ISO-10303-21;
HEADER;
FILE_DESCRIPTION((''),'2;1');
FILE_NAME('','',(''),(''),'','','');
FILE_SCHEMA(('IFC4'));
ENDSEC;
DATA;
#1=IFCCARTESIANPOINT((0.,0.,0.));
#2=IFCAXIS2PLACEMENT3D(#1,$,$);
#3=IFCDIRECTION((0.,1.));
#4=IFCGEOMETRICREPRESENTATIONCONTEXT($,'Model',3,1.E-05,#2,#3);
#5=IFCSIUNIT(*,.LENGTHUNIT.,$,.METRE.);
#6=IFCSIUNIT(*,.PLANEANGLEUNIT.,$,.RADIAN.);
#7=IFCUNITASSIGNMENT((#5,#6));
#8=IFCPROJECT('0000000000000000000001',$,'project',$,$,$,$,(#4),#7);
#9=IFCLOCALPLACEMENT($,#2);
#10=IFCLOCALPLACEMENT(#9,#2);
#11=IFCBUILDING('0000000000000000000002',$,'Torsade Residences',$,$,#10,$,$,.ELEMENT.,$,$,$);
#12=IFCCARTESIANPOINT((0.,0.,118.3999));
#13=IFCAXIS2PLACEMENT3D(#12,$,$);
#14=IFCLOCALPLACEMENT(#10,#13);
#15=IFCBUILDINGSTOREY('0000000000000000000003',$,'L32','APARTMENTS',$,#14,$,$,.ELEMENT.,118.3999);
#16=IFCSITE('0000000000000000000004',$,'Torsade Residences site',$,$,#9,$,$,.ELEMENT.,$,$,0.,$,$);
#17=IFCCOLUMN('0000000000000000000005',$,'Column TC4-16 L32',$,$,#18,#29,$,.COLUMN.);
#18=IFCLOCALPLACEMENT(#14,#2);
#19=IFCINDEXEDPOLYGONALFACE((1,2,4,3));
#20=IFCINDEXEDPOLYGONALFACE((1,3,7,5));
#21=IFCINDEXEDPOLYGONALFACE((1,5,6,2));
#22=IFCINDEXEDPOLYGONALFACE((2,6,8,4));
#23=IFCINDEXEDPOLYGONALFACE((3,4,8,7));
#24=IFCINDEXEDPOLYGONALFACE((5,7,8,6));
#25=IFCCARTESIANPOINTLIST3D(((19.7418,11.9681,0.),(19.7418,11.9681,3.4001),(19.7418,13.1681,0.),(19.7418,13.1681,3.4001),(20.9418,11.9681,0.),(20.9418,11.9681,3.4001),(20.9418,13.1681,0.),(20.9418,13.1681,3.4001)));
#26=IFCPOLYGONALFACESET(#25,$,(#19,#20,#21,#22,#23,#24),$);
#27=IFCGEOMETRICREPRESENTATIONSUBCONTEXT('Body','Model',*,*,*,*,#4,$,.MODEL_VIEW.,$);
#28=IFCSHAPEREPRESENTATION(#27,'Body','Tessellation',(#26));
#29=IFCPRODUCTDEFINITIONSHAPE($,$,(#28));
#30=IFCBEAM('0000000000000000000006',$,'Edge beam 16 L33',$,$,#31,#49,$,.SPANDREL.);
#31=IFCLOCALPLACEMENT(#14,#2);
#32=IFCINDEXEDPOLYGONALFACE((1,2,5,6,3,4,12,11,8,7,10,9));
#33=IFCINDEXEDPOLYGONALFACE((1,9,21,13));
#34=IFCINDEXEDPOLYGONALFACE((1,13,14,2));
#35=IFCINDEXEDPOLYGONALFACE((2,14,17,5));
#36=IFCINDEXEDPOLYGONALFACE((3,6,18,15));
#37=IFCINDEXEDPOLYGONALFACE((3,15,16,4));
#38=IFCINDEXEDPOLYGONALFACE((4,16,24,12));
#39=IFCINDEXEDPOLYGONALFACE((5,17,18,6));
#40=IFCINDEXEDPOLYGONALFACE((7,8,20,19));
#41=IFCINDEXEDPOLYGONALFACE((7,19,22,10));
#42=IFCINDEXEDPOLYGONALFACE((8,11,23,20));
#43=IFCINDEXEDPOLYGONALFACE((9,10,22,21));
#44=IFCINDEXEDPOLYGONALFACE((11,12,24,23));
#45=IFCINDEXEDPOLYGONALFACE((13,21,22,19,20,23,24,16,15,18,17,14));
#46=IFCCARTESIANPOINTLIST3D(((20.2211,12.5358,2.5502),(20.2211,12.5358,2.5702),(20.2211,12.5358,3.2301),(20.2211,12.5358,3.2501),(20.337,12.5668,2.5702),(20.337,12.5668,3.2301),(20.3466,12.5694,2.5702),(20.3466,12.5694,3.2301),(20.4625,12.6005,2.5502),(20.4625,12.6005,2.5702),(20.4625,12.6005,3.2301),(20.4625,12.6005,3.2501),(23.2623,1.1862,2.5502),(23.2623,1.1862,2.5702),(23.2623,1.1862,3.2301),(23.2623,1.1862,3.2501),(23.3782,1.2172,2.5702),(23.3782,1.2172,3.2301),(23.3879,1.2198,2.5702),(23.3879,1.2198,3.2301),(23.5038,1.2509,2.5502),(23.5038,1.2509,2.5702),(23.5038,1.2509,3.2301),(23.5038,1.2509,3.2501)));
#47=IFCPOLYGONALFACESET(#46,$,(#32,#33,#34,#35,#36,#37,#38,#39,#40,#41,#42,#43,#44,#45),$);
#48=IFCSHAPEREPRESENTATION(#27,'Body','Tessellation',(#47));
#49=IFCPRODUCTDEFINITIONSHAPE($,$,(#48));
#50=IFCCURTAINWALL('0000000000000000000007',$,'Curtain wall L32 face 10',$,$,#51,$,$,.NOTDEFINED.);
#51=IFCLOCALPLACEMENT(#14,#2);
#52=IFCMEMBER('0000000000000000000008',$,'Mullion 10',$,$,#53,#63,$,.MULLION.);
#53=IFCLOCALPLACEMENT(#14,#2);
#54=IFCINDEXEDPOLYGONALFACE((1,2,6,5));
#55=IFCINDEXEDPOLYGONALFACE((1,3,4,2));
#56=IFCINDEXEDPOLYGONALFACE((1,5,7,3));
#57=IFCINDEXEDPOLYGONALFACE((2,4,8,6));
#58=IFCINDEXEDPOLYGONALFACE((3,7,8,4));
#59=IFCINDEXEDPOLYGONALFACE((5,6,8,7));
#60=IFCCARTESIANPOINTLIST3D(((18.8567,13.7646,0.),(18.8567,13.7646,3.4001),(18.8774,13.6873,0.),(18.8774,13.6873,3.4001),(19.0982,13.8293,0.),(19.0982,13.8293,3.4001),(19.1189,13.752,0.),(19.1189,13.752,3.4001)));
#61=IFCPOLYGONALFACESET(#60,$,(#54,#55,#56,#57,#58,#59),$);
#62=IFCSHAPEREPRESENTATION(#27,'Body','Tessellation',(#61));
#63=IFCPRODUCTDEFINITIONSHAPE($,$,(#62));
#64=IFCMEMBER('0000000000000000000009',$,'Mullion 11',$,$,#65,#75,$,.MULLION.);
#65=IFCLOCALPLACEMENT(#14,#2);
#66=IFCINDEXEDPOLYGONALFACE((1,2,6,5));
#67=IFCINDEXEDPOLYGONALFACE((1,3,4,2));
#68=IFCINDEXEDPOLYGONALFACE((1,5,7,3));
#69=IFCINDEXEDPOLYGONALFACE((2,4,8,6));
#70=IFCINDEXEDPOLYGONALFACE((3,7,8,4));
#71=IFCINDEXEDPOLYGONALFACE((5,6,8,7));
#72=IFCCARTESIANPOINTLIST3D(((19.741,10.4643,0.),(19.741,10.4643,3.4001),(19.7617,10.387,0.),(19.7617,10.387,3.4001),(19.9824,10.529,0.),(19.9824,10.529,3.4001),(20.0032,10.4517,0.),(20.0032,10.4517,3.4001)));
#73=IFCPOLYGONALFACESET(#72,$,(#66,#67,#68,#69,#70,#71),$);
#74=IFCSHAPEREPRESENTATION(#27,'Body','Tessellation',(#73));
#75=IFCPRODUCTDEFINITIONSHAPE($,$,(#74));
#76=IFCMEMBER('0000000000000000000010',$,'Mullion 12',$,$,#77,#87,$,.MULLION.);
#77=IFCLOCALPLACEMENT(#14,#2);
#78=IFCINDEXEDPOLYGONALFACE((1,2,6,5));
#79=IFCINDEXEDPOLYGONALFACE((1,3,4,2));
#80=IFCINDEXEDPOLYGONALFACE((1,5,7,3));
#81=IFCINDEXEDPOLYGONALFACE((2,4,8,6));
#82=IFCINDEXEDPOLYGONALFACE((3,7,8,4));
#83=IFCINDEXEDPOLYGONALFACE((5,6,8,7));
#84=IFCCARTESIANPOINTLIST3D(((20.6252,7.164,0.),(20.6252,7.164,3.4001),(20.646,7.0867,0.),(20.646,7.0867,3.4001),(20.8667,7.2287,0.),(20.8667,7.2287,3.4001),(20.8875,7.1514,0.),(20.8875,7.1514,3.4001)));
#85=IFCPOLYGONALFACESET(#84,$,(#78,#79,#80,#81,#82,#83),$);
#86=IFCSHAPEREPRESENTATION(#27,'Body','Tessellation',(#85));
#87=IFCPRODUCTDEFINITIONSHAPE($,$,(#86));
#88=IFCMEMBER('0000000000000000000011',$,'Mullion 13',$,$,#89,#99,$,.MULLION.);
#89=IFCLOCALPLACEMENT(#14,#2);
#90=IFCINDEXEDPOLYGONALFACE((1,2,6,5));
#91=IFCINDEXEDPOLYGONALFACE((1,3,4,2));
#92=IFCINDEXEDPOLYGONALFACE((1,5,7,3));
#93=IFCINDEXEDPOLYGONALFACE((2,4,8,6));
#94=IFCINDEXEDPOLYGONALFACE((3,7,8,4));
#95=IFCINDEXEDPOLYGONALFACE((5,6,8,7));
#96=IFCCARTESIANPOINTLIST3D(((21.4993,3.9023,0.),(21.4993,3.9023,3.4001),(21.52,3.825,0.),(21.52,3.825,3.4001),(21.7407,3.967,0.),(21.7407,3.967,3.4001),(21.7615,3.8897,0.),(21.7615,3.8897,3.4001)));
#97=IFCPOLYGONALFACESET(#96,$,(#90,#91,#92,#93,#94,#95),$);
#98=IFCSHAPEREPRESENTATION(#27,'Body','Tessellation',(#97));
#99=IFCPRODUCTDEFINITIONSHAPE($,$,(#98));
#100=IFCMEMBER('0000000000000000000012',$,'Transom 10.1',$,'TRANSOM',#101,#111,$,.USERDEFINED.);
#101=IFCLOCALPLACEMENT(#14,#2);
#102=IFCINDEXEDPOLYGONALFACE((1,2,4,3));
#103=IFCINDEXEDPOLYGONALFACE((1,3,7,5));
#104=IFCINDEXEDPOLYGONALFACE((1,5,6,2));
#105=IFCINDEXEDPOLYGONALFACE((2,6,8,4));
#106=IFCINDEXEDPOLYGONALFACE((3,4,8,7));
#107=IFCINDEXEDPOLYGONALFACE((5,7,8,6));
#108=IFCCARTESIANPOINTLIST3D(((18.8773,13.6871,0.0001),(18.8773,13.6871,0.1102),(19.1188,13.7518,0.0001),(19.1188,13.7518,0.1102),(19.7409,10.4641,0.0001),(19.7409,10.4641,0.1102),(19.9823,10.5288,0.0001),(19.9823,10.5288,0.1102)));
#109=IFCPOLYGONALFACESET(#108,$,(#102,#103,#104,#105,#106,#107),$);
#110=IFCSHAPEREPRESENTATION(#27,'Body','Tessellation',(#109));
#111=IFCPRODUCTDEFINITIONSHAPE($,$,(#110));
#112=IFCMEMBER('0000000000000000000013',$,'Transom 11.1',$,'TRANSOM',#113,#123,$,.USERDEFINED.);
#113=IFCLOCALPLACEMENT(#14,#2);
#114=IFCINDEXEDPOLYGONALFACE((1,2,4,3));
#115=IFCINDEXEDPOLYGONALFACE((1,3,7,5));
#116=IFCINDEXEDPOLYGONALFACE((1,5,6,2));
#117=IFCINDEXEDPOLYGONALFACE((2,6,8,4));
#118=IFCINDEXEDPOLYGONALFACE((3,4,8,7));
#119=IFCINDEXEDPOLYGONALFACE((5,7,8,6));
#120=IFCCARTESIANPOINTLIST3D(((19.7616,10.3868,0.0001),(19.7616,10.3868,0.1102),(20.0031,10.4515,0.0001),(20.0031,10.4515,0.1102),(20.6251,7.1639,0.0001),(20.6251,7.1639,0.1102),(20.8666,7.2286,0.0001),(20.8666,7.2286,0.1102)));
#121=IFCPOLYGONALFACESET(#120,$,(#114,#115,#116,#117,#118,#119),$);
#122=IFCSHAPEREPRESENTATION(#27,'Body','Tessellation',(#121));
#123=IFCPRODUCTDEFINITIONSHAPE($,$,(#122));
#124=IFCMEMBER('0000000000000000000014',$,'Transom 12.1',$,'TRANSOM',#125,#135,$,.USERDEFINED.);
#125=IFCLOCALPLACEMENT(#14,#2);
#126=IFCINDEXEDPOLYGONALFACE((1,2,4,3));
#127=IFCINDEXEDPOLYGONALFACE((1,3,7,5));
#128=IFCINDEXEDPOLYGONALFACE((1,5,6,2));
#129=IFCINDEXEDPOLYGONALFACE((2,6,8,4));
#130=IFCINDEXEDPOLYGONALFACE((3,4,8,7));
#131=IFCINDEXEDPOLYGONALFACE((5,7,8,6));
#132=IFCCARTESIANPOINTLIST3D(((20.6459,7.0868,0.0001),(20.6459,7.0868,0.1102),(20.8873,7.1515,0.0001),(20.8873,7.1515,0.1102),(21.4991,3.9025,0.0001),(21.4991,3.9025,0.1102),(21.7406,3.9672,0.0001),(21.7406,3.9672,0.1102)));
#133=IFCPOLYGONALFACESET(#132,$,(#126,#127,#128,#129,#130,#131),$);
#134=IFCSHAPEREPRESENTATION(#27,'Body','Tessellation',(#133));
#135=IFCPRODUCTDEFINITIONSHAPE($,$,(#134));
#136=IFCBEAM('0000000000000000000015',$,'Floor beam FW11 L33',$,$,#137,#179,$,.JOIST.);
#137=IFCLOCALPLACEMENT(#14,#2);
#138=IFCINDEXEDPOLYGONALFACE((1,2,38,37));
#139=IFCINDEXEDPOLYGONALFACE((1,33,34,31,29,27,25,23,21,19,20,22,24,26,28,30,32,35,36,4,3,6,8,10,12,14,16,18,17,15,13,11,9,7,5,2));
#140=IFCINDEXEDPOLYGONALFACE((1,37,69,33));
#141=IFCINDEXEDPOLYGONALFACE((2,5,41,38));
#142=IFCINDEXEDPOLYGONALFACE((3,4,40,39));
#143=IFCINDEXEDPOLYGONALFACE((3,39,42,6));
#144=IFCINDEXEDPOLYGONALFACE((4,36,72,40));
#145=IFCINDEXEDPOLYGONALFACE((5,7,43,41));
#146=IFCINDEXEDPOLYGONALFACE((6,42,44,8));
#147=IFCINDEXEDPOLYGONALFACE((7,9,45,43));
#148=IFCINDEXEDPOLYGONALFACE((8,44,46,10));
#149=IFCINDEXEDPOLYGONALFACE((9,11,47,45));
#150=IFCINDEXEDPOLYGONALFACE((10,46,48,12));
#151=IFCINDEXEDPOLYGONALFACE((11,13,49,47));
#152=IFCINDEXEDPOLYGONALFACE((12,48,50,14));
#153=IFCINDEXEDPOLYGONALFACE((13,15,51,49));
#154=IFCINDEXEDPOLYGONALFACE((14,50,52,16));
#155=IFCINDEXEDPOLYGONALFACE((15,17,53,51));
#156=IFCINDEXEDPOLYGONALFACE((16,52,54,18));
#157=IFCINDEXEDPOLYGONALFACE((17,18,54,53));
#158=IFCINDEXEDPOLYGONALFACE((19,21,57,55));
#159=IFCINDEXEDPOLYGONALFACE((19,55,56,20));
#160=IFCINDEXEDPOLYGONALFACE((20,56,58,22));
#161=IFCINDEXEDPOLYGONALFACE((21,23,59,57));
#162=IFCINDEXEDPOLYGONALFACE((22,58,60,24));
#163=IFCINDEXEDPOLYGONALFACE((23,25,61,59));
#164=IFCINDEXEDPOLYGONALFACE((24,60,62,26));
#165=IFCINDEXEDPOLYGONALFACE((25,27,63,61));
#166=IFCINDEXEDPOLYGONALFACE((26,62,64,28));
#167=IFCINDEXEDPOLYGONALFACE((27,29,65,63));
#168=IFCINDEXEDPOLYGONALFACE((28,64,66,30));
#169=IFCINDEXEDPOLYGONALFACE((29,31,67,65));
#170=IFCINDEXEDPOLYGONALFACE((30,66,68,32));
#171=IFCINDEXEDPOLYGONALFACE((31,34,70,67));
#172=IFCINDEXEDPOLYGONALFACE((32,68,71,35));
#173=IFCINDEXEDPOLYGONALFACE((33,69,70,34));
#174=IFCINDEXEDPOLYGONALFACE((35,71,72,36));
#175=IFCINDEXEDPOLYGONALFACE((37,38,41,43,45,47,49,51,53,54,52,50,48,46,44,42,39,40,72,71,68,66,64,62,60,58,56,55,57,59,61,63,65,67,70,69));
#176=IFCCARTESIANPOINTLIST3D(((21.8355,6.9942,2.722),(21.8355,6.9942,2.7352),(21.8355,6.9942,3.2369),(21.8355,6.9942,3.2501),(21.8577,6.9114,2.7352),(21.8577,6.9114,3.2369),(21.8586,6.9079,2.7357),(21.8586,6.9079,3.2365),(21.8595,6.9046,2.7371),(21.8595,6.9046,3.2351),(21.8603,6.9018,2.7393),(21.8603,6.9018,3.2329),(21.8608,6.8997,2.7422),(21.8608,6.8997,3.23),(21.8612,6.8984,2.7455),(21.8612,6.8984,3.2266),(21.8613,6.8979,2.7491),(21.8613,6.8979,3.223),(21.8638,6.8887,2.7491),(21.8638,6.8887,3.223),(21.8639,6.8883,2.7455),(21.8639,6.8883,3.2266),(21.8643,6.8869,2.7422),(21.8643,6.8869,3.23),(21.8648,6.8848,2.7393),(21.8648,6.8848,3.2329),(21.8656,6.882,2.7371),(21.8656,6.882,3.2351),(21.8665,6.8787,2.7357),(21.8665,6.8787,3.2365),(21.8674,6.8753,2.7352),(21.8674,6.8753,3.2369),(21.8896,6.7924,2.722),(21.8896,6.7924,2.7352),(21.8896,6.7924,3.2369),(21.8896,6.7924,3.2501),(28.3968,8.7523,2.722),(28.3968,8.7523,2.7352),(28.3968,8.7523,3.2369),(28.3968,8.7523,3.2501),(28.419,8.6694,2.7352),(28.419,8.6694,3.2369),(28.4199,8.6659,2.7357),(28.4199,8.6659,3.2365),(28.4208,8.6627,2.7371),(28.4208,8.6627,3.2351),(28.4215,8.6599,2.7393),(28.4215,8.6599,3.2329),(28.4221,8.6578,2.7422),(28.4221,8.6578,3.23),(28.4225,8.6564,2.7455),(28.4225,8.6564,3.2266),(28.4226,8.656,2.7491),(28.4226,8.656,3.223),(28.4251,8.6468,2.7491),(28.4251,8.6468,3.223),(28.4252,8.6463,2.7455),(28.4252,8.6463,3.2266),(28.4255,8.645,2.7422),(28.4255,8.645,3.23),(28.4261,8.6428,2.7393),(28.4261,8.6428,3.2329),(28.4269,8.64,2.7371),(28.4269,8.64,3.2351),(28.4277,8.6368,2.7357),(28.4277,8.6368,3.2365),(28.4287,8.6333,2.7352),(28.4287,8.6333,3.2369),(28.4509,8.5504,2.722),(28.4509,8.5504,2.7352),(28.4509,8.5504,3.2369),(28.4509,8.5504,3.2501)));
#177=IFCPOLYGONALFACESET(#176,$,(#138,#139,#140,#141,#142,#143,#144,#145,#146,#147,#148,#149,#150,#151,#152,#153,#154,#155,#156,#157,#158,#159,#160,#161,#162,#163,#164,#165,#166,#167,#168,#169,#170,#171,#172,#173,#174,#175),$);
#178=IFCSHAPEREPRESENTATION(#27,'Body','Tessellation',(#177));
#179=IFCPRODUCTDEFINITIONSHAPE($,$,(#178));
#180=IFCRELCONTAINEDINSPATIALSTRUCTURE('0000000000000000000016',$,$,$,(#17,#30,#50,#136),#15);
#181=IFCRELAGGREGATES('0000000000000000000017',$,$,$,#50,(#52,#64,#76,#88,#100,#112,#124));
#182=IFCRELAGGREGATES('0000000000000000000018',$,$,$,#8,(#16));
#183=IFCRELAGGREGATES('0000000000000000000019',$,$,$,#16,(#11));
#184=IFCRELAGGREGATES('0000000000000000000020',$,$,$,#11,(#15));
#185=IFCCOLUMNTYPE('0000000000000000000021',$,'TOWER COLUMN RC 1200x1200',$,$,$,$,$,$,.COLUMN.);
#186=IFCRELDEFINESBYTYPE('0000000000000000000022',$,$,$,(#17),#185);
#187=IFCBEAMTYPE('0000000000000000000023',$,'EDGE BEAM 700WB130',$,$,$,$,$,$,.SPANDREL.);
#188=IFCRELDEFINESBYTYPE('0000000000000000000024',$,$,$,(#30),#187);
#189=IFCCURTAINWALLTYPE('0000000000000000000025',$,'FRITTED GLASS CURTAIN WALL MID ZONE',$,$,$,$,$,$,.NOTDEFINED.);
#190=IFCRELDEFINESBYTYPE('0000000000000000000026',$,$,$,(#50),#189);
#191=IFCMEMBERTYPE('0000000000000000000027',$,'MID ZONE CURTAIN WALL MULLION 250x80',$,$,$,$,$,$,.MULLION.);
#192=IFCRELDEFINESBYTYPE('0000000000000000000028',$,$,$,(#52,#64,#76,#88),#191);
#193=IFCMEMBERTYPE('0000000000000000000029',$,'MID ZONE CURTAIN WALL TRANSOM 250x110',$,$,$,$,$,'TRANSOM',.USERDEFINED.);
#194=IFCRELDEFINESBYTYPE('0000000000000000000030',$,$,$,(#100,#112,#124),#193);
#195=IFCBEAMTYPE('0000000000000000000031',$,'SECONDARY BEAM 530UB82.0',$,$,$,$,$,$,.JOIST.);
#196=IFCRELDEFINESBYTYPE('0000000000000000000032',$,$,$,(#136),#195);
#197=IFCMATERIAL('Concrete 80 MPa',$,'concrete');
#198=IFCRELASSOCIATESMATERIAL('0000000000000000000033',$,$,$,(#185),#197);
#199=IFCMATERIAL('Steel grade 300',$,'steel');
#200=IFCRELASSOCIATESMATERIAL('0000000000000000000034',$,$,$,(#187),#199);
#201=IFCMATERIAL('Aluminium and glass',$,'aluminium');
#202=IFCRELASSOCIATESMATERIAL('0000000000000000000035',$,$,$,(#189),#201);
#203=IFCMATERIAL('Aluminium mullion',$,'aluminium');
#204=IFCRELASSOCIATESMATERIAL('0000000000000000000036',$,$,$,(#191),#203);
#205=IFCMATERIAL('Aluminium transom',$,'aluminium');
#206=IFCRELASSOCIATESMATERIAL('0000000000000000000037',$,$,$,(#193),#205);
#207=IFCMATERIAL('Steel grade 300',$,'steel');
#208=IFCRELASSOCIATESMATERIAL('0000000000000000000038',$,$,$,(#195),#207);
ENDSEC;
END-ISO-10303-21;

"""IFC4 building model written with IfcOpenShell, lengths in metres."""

from ifc_helpers import new_model, si_unit, direction, frame, origin, origin_2d, place, context, subcontext, project, spatial, rectangle, i_section, extrude, material, material_profile, profile_set, type_object, element, aggregate, save


model = new_model("IFC4")

# Units and contexts
model_context = context("Model", 3, precision=1e-05, world=origin(), true_north=direction((0.0, 1.0)))
body_context = subcontext(model_context, "Body", "Model", "MODEL_VIEW")
ifc_project = project(units=[si_unit("LENGTHUNIT", "METRE"), si_unit("PLANEANGLEUNIT", "RADIAN")], contexts=[model_context])

# Site, building, storey
site_placement = place(None, origin())
site = spatial("IfcSite", under=ifc_project, at=site_placement, Name="Torsade Residences site", CompositionType="ELEMENT", RefElevation=0.0)
building_placement = place(site_placement, origin())
building = spatial("IfcBuilding", under=site, at=building_placement, Name="Torsade Residences", CompositionType="ELEMENT")
storey_placement = place(building_placement, frame((0.0, 0.0, 118.3999)))
storey = spatial("IfcBuildingStorey", under=building, at=storey_placement, Name="L32", Description="APARTMENTS", CompositionType="ELEMENT", Elevation=118.3999)

# Column
ifc_material_1 = material(Name="Concrete 80 MPa", Category="concrete")
ifc_material_profile_1 = material_profile(ifc_material_1, rectangle(XDim=1.2, YDim=1.2, at=origin_2d()), Name="RC 1200x1200")
ifc_profile_set_1 = profile_set([ifc_material_profile_1], Name="Concrete 80 MPa")
column_type = type_object("IfcColumnType", Name="TOWER COLUMN RC 1200x1200", PredefinedType="COLUMN", material=ifc_profile_set_1)
column_placement = place(storey_placement, frame((20.3418, 12.5681, 0.0), z_axis=(0.0, 0.0, 1.0), x_axis=(1.0, 0.0, 0.0)))
element("IfcColumn", 1, at=column_placement, inside=storey, type_object=column_type, Name="Column TC4-16 L32", PredefinedType="COLUMN", context=body_context, shape_type="SweptSolid", body=[
    extrude(rectangle(XDim=1.2, YDim=1.2, at=origin_2d()), origin(), (0.0, 0.0, 1.0), 3.4001),
])

# Beam
ifc_material_2 = material(Name="Steel grade 300", Category="steel")
ifc_material_profile_2 = material_profile(ifc_material_2, i_section(OverallWidth=0.25, OverallDepth=0.7, WebThickness=0.01, FlangeThickness=0.02, at=origin_2d()), Name="700WB130")
ifc_profile_set_2 = profile_set([ifc_material_profile_2], Name="Steel grade 300")
beam_type_1 = type_object("IfcBeamType", Name="EDGE BEAM 700WB130", PredefinedType="SPANDREL", material=ifc_profile_set_2)
beam_1_placement = place(storey_placement, frame((20.3418, 12.5681, 2.9001), z_axis=(0.25883, -0.965923, 0.0), x_axis=(0.965923, 0.25883, 0.0)))
element("IfcBeam", 2, at=beam_1_placement, inside=storey, type_object=beam_type_1, Name="Edge beam 16 L33", PredefinedType="SPANDREL", context=body_context, shape_type="SweptSolid", body=[
    extrude(i_section(OverallWidth=0.25, OverallDepth=0.7, WebThickness=0.01, FlangeThickness=0.02, at=origin_2d()), origin(), (0.0, 0.0, 1.0), 11.75),
])

# Curtain wall, members
ifc_material_3 = material(Name="Aluminium and glass", Category="aluminium")
curtain_wall_type = type_object("IfcCurtainWallType", Name="FRITTED GLASS CURTAIN WALL MID ZONE", PredefinedType="NOTDEFINED", material=ifc_material_3)
curtain_wall_placement = place(storey_placement, origin())
curtain_wall = element("IfcCurtainWall", 3, at=curtain_wall_placement, inside=storey, type_object=curtain_wall_type, Name="Curtain wall L32 face 10", PredefinedType="NOTDEFINED")
ifc_material_4 = material(Name="Aluminium mullion", Category="aluminium")
ifc_material_profile_3 = material_profile(ifc_material_4, rectangle(XDim=0.25, YDim=0.0801, at=origin_2d()), Name="MID ZONE CURTAIN WALL MULLION 250x80")
ifc_profile_set_3 = profile_set([ifc_material_profile_3], Name="Aluminium mullion")
member_type_1 = type_object("IfcMemberType", Name="MID ZONE CURTAIN WALL MULLION 250x80", PredefinedType="MULLION", material=ifc_profile_set_3)
member_1_placement = place(storey_placement, frame((18.9878, 13.7583, 0.0), z_axis=(0.0, 0.0, 1.0), x_axis=(0.965926, 0.258819, 0.0)))
member_1 = element("IfcMember", 4, at=member_1_placement, type_object=member_type_1, Name="Mullion 10", PredefinedType="MULLION", context=body_context, shape_type="SweptSolid", body=[
    extrude(rectangle(XDim=0.25, YDim=0.0801, at=origin_2d()), origin(), (0.0, 0.0, 1.0), 3.4001),
])
member_2_placement = place(storey_placement, frame((19.8721, 10.458, 0.0), z_axis=(0.0, 0.0, 1.0), x_axis=(0.965926, 0.258819, 0.0)))
member_2 = element("IfcMember", 5, at=member_2_placement, type_object=member_type_1, Name="Mullion 11", PredefinedType="MULLION", context=body_context, shape_type="SweptSolid", body=[
    extrude(rectangle(XDim=0.25, YDim=0.0801, at=origin_2d()), origin(), (0.0, 0.0, 1.0), 3.4001),
])
member_3_placement = place(storey_placement, frame((20.7563, 7.1577, 0.0), z_axis=(0.0, 0.0, 1.0), x_axis=(0.965926, 0.258819, 0.0)))
member_3 = element("IfcMember", 6, at=member_3_placement, type_object=member_type_1, Name="Mullion 12", PredefinedType="MULLION", context=body_context, shape_type="SweptSolid", body=[
    extrude(rectangle(XDim=0.25, YDim=0.0801, at=origin_2d()), origin(), (0.0, 0.0, 1.0), 3.4001),
])
member_4_placement = place(storey_placement, frame((21.6304, 3.896, 0.0), z_axis=(0.0, 0.0, 1.0), x_axis=(0.965926, 0.258819, 0.0)))
member_4 = element("IfcMember", 7, at=member_4_placement, type_object=member_type_1, Name="Mullion 13", PredefinedType="MULLION", context=body_context, shape_type="SweptSolid", body=[
    extrude(rectangle(XDim=0.25, YDim=0.0801, at=origin_2d()), origin(), (0.0, 0.0, 1.0), 3.4001),
])
ifc_material_5 = material(Name="Aluminium transom", Category="aluminium")
ifc_material_profile_4 = material_profile(ifc_material_5, rectangle(XDim=0.25, YDim=0.1101, at=origin_2d()), Name="MID ZONE CURTAIN WALL TRANSOM 250x110")
ifc_profile_set_4 = profile_set([ifc_material_profile_4], Name="Aluminium transom")
member_type_2 = type_object("IfcMemberType", Name="MID ZONE CURTAIN WALL TRANSOM 250x110", ElementType="TRANSOM", PredefinedType="USERDEFINED", material=ifc_profile_set_4)
member_5_placement = place(storey_placement, frame((18.998, 13.7195, 0.0552), z_axis=(0.258806, -0.965929, 0.0), x_axis=(0.965929, 0.258806, 0.0)))
member_5 = element("IfcMember", 8, at=member_5_placement, type_object=member_type_2, Name="Transom 10.1", ObjectType="TRANSOM", PredefinedType="USERDEFINED", context=body_context, shape_type="SweptSolid", body=[
    extrude(rectangle(XDim=0.25, YDim=0.1101, at=origin_2d()), origin(), (0.0, 0.0, 1.0), 3.3367),
])
member_6_placement = place(storey_placement, frame((19.8823, 10.4192, 0.0552), z_axis=(0.258806, -0.965929, 0.0), x_axis=(0.965929, 0.258806, 0.0)))
member_6 = element("IfcMember", 9, at=member_6_placement, type_object=member_type_2, Name="Transom 11.1", ObjectType="TRANSOM", PredefinedType="USERDEFINED", context=body_context, shape_type="SweptSolid", body=[
    extrude(rectangle(XDim=0.25, YDim=0.1101, at=origin_2d()), origin(), (0.0, 0.0, 1.0), 3.3367),
])
member_7_placement = place(storey_placement, frame((20.7666, 7.1191, 0.0552), z_axis=(0.258829, -0.965923, 0.0), x_axis=(0.965923, 0.258829, 0.0)))
member_7 = element("IfcMember", 10, at=member_7_placement, type_object=member_type_2, Name="Transom 12.1", ObjectType="TRANSOM", PredefinedType="USERDEFINED", context=body_context, shape_type="SweptSolid", body=[
    extrude(rectangle(XDim=0.25, YDim=0.1101, at=origin_2d()), origin(), (0.0, 0.0, 1.0), 3.2966),
])

# Beam
ifc_material_6 = material(Name="Steel grade 300", Category="steel")
ifc_material_profile_5 = material_profile(ifc_material_6, i_section(OverallWidth=0.209, OverallDepth=0.5281, WebThickness=0.0095, FlangeThickness=0.0132, FilletRadius=0.0139, at=origin_2d()), Name="530UB82.0")
ifc_profile_set_5 = profile_set([ifc_material_profile_5], Name="Steel grade 300")
beam_type_2 = type_object("IfcBeamType", Name="SECONDARY BEAM 530UB82.0", PredefinedType="JOIST", material=ifc_profile_set_5)
beam_2_placement = place(storey_placement, frame((21.8625, 6.8933, 2.9861), z_axis=(0.965927, 0.258815, 0.0), x_axis=(-0.258815, 0.965927, 0.0)))
element("IfcBeam", 11, at=beam_2_placement, inside=storey, type_object=beam_type_2, Name="Floor beam FW11 L33", PredefinedType="JOIST", context=body_context, shape_type="SweptSolid", body=[
    extrude(i_section(OverallWidth=0.209, OverallDepth=0.5281, WebThickness=0.0095, FlangeThickness=0.0132, FilletRadius=0.0139, at=origin_2d()), origin(), (0.0, 0.0, 1.0), 6.7927),
])

aggregate(curtain_wall, [member_1, member_2, member_3, member_4, member_5, member_6, member_7])

save(model, "model.ifc")
